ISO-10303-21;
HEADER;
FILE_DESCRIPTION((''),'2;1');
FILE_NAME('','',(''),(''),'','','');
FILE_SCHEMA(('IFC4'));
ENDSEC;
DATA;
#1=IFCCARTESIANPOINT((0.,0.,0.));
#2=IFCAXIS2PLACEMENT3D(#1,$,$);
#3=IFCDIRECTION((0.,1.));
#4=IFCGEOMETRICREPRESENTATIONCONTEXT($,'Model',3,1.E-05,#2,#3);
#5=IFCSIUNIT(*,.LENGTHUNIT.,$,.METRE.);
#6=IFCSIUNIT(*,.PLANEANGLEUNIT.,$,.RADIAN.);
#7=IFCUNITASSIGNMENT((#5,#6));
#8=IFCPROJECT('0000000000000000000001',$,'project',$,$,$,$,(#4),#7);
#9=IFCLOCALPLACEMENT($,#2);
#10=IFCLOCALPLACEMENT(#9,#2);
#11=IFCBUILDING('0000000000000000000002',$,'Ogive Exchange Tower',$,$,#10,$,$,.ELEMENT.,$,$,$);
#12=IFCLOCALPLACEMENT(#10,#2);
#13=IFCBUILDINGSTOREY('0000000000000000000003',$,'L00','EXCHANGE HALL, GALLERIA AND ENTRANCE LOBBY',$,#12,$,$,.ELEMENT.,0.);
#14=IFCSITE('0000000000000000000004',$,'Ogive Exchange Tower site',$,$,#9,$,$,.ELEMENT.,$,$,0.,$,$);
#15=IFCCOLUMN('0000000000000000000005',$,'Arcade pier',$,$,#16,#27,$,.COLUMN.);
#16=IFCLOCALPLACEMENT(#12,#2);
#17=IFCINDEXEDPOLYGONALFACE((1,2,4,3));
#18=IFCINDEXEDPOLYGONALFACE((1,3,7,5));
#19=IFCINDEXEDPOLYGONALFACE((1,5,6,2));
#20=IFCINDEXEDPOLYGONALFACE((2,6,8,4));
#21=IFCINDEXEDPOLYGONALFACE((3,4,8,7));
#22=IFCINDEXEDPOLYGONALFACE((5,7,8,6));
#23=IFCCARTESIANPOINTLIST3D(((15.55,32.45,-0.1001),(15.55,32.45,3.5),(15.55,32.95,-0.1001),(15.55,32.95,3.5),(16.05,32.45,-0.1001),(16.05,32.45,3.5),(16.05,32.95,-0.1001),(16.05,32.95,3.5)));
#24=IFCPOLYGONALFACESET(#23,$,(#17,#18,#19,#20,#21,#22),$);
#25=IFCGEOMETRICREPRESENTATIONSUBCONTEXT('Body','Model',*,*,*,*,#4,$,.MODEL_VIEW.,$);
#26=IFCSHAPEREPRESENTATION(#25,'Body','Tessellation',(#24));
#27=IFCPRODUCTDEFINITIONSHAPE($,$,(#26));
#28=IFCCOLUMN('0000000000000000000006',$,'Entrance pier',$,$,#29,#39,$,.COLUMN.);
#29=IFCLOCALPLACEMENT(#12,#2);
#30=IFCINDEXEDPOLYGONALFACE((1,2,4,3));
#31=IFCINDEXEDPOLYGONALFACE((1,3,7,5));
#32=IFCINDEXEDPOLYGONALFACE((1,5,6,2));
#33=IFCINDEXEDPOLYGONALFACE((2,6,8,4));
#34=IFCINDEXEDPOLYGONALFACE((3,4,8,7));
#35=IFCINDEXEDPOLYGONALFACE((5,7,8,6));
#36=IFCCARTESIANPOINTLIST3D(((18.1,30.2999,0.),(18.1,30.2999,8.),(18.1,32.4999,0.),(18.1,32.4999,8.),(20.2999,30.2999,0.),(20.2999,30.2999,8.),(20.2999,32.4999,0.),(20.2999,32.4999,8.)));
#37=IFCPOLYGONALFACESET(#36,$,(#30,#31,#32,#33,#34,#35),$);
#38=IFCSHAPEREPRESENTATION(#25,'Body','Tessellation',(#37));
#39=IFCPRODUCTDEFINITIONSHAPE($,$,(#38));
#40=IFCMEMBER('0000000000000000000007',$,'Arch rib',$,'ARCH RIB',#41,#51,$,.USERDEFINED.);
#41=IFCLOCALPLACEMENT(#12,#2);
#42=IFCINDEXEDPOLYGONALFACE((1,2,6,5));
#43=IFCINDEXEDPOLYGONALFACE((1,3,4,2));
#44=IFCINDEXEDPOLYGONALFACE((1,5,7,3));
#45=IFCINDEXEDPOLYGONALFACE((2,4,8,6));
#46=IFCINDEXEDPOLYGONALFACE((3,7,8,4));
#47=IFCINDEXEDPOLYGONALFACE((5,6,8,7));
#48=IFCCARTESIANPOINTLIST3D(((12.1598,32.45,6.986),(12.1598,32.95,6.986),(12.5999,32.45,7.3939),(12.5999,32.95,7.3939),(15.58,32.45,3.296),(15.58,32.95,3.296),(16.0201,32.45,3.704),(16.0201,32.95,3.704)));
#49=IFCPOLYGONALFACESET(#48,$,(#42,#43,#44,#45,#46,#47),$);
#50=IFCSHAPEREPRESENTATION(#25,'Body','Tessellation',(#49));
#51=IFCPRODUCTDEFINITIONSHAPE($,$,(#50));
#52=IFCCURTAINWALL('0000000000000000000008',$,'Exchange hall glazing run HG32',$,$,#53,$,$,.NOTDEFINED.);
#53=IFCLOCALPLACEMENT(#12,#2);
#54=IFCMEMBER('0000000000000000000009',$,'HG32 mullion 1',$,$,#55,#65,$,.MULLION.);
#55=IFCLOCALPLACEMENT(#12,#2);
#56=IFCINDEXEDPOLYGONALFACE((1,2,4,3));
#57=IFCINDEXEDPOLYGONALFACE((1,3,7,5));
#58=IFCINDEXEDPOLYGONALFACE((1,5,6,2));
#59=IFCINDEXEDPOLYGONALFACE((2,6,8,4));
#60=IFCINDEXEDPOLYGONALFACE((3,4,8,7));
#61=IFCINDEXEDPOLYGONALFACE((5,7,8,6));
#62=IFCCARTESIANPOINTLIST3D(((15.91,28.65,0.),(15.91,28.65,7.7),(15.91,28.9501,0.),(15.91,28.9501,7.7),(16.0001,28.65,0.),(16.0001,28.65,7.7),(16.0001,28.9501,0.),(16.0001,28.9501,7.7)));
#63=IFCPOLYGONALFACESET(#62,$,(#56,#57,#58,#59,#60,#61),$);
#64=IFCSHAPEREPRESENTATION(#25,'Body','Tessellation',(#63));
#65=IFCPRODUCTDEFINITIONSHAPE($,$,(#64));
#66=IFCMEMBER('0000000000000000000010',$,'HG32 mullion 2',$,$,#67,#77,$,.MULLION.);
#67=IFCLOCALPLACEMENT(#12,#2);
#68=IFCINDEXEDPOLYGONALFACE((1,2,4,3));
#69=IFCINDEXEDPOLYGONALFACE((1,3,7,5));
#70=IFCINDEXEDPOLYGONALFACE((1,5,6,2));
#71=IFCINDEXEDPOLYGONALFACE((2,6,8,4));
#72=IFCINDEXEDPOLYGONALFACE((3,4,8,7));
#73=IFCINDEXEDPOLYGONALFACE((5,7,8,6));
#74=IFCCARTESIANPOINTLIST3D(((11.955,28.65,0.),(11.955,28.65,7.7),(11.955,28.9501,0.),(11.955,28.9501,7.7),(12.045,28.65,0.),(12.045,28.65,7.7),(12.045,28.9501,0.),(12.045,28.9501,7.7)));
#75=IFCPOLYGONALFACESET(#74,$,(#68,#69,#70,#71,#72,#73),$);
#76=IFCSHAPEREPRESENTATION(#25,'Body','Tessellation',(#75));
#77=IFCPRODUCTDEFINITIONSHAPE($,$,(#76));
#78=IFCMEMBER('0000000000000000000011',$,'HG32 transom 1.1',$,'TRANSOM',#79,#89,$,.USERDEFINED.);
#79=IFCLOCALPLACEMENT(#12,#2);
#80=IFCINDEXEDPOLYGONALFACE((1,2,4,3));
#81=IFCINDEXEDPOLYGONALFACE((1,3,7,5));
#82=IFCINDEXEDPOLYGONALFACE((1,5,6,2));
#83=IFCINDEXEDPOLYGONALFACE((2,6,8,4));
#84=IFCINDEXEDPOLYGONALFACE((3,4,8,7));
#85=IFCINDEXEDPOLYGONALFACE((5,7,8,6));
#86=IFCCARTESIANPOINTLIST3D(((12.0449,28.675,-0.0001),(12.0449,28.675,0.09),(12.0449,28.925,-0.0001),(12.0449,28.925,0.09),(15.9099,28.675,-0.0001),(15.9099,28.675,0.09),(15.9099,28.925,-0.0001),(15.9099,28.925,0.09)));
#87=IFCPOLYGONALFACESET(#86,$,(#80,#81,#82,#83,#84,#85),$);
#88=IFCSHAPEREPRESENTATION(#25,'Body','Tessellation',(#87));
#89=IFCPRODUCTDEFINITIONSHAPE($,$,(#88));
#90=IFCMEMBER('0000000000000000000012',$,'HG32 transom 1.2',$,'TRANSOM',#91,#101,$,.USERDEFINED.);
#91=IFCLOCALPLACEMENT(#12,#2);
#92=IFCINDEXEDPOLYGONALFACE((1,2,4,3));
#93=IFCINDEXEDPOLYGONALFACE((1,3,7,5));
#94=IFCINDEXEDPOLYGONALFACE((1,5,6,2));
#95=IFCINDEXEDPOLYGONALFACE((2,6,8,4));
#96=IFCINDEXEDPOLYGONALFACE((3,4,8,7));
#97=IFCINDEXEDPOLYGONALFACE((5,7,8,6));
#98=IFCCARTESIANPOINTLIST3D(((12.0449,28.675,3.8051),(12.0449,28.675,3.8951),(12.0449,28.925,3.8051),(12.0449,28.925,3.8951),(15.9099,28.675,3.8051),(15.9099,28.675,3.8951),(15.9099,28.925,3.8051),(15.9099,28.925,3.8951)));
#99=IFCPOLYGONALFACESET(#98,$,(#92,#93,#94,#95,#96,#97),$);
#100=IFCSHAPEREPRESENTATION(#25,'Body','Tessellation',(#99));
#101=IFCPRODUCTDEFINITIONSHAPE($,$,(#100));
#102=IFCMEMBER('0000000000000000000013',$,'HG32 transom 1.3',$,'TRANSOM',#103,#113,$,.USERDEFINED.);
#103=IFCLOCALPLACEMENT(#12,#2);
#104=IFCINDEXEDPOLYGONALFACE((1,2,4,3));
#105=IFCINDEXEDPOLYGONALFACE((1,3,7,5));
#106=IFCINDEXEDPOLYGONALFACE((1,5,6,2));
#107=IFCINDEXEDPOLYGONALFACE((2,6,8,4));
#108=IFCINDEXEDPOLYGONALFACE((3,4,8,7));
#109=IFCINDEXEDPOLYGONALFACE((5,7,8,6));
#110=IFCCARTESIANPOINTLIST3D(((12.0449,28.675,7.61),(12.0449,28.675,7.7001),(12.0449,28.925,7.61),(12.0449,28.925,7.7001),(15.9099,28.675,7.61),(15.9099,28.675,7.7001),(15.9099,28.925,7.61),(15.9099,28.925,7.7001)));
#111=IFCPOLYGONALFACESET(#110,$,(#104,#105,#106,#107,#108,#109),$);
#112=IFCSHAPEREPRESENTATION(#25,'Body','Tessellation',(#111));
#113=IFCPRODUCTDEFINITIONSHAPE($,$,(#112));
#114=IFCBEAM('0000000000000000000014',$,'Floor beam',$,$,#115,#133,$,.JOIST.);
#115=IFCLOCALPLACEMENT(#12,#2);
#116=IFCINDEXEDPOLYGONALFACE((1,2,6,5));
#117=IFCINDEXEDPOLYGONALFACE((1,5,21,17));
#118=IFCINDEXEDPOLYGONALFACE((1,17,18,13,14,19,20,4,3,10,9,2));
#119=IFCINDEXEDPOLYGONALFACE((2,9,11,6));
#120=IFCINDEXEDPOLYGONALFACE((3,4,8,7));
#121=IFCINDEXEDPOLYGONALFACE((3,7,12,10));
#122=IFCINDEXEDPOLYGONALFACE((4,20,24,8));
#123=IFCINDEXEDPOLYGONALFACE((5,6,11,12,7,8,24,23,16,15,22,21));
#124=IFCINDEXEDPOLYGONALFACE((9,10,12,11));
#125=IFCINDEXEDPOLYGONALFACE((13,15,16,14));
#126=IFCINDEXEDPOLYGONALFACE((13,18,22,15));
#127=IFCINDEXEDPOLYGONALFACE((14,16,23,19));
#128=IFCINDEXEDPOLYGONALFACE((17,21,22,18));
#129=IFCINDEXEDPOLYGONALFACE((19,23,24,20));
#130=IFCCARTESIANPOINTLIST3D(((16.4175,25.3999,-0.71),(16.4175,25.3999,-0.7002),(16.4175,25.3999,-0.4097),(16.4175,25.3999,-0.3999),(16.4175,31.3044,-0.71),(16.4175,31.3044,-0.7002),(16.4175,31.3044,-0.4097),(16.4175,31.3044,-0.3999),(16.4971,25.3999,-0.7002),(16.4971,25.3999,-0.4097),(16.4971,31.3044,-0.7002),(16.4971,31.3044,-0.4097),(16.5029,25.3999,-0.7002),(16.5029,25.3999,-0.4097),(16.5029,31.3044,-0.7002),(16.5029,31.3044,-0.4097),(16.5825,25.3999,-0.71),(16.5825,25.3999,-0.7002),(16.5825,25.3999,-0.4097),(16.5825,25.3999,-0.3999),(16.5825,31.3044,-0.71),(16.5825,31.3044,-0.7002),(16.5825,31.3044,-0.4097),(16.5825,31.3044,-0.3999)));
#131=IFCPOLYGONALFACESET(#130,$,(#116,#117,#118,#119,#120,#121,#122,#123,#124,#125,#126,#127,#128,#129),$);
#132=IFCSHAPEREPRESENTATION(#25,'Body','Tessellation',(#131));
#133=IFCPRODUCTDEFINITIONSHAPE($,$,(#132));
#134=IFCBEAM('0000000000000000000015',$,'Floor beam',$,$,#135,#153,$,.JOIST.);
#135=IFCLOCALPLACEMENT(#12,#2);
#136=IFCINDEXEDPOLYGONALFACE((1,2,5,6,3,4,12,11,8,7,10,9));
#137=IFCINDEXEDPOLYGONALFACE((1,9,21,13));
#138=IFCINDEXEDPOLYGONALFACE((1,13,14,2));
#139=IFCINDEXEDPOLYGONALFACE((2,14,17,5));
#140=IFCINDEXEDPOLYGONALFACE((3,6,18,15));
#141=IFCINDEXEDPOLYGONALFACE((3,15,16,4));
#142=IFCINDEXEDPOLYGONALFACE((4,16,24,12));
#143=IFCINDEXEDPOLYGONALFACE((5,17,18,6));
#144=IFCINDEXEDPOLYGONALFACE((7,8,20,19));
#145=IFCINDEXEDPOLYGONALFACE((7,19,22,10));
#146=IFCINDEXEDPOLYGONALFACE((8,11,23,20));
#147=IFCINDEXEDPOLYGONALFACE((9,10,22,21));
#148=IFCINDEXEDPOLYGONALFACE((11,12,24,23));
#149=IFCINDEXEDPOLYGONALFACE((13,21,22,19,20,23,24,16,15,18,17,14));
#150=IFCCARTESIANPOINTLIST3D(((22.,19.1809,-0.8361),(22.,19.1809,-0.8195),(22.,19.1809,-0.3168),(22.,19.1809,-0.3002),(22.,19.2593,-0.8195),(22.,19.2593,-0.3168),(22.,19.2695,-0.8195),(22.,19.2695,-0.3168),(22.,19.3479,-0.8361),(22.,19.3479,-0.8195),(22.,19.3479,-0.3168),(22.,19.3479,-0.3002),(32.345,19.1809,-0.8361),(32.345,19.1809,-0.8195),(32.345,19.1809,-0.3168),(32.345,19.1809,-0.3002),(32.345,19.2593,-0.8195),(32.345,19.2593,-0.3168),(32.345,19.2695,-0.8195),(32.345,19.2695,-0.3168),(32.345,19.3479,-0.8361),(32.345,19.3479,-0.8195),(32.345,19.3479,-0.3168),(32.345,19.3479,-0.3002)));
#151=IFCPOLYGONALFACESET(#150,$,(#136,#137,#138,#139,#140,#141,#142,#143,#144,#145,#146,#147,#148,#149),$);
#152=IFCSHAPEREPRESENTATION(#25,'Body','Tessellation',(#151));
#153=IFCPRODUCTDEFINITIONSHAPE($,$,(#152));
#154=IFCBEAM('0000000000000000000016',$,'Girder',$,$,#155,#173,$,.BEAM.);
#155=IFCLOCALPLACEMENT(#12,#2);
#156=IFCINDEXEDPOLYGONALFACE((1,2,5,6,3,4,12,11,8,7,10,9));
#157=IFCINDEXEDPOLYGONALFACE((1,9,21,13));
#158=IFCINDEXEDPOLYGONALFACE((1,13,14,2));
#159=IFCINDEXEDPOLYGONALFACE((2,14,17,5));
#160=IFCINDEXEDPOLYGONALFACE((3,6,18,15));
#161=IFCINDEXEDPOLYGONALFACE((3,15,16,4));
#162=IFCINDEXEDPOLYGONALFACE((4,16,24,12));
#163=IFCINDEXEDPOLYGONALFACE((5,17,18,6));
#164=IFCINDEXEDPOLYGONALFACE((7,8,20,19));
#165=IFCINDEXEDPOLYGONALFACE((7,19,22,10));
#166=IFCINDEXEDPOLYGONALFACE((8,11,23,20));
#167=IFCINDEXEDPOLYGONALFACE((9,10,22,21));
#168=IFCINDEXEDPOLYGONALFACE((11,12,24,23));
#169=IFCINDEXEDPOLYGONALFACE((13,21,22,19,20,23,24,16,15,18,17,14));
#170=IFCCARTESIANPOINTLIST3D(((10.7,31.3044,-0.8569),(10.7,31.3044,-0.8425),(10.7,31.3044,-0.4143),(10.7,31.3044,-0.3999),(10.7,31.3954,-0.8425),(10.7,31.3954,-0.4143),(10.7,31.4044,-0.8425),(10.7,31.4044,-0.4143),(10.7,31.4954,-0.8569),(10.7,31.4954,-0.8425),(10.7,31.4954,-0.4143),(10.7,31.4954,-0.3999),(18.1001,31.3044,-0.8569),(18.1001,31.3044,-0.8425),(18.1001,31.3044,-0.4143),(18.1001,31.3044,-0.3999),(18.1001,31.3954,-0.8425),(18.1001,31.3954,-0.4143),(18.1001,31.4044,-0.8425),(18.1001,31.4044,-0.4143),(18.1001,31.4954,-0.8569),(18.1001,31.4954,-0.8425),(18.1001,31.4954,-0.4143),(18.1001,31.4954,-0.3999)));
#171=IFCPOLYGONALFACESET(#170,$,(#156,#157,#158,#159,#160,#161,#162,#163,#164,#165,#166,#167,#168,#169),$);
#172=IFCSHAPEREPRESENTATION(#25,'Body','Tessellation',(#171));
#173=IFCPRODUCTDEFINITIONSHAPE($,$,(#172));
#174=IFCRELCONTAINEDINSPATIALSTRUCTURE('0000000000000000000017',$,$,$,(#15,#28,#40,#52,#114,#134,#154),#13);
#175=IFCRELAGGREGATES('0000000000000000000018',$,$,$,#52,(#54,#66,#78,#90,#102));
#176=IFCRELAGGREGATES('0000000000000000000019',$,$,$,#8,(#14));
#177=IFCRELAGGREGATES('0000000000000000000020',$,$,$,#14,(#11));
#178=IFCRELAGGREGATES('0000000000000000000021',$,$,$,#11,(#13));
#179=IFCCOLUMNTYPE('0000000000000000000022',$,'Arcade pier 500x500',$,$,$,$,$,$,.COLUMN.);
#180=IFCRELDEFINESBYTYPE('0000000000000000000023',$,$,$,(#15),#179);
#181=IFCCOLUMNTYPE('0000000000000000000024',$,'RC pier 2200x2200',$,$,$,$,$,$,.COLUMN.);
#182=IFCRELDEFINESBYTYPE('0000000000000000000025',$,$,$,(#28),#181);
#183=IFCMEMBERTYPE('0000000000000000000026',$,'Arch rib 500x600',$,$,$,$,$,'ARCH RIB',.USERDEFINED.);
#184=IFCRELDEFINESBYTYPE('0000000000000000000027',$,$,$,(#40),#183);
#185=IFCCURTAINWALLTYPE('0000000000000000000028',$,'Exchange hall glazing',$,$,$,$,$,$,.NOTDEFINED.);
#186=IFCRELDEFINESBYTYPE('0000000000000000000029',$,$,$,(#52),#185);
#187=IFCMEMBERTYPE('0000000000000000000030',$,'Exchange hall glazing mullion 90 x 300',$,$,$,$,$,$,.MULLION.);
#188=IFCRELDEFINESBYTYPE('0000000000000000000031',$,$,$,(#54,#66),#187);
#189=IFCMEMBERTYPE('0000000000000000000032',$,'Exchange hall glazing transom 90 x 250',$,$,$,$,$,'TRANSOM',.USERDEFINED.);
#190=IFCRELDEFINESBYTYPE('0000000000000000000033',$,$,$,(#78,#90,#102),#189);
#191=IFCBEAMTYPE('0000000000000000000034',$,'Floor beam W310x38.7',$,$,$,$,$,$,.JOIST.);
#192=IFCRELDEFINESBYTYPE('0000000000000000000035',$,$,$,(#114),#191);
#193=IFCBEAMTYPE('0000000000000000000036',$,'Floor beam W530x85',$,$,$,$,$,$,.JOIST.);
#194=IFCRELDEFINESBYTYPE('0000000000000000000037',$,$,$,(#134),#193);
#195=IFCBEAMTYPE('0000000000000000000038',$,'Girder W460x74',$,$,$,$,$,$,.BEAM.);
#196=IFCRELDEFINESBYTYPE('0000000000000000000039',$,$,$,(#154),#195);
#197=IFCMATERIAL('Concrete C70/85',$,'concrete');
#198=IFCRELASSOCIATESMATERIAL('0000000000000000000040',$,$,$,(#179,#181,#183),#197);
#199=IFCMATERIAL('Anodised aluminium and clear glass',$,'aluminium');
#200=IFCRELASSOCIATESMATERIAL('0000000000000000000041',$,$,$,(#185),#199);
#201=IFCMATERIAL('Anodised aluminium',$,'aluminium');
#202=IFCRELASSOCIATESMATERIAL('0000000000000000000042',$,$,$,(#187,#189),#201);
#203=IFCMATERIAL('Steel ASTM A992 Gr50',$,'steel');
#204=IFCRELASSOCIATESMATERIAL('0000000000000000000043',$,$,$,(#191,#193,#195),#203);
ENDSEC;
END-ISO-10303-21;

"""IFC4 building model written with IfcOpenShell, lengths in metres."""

from ifc_helpers import new_model, si_unit, direction, frame, origin, origin_2d, place, context, subcontext, project, spatial, rectangle, i_section, extrude, material, material_profile, profile_set, type_object, element, aggregate, save


model = new_model("IFC4")

# Units and contexts
model_context = context("Model", 3, precision=1e-05, world=origin(), true_north=direction((0.0, 1.0)))
body_context = subcontext(model_context, "Body", "Model", "MODEL_VIEW")
ifc_project = project(units=[si_unit("LENGTHUNIT", "METRE"), si_unit("PLANEANGLEUNIT", "RADIAN")], contexts=[model_context])

# Site, building, storey
site_placement = place(None, origin())
site = spatial("IfcSite", under=ifc_project, at=site_placement, Name="Ogive Exchange Tower site", CompositionType="ELEMENT", RefElevation=0.0)
building_placement = place(site_placement, origin())
building = spatial("IfcBuilding", under=site, at=building_placement, Name="Ogive Exchange Tower", CompositionType="ELEMENT")
storey_placement = place(building_placement, origin())
storey = spatial("IfcBuildingStorey", under=building, at=storey_placement, Name="L00", Description="EXCHANGE HALL, GALLERIA AND ENTRANCE LOBBY", CompositionType="ELEMENT", Elevation=0.0)

# Columns
ifc_material_1 = material(Name="Concrete C70/85", Category="concrete")
ifc_material_profile_1 = material_profile(ifc_material_1, rectangle(XDim=0.5, YDim=0.5, at=origin_2d()), Name="RC 500x500")
ifc_profile_set_1 = profile_set([ifc_material_profile_1], Name="Concrete C70/85")
column_type_1 = type_object("IfcColumnType", Name="Arcade pier 500x500", PredefinedType="COLUMN", material=ifc_profile_set_1)
column_1_placement = place(storey_placement, frame((15.8, 32.7, -0.1001), z_axis=(0.0, 0.0, 1.0), x_axis=(1.0, 0.0, 0.0)))
element("IfcColumn", 1, at=column_1_placement, inside=storey, type_object=column_type_1, Name="Arcade pier", PredefinedType="COLUMN", context=body_context, shape_type="SweptSolid", body=[
    extrude(rectangle(XDim=0.5, YDim=0.5, at=origin_2d()), origin(), (0.0, 0.0, 1.0), 3.6001),
])
ifc_material_profile_2 = material_profile(ifc_material_1, rectangle(XDim=2.2, YDim=2.2, at=origin_2d()), Name="RC 2200x2200")
ifc_profile_set_2 = profile_set([ifc_material_profile_2], Name="Concrete C70/85")
column_type_2 = type_object("IfcColumnType", Name="RC pier 2200x2200", PredefinedType="COLUMN", material=ifc_profile_set_2)
column_2_placement = place(storey_placement, frame((19.2, 31.3999, 0.0), z_axis=(0.0, 0.0, 1.0), x_axis=(1.0, 0.0, 0.0)))
element("IfcColumn", 2, at=column_2_placement, inside=storey, type_object=column_type_2, Name="Entrance pier", PredefinedType="COLUMN", context=body_context, shape_type="SweptSolid", body=[
    extrude(rectangle(XDim=2.2, YDim=2.2, at=origin_2d()), origin(), (0.0, 0.0, 1.0), 8.0),
])

# Member
ifc_material_profile_3 = material_profile(ifc_material_1, rectangle(XDim=0.5, YDim=0.6001, at=origin_2d()), Name="PC 500x600")
ifc_profile_set_3 = profile_set([ifc_material_profile_3], Name="Concrete C70/85")
member_type_1 = type_object("IfcMemberType", Name="Arch rib 500x600", ElementType="ARCH RIB", PredefinedType="USERDEFINED", material=ifc_profile_set_3)
member_1_placement = place(storey_placement, frame((15.8, 32.7, 3.5), z_axis=(-0.679788, 0.0, 0.733408), x_axis=(0.0, -1.0, 0.0)))
element("IfcMember", 3, at=member_1_placement, inside=storey, type_object=member_type_1, Name="Arch rib", ObjectType="ARCH RIB", PredefinedType="USERDEFINED", context=body_context, shape_type="SweptSolid", body=[
    extrude(rectangle(XDim=0.5, YDim=0.6001, at=origin_2d()), origin(), (0.0, 0.0, 1.0), 5.0312),
])

# Curtain wall, members
ifc_material_2 = material(Name="Anodised aluminium and clear glass", Category="aluminium")
curtain_wall_type = type_object("IfcCurtainWallType", Name="Exchange hall glazing", PredefinedType="NOTDEFINED", material=ifc_material_2)
curtain_wall_placement = place(storey_placement, origin())
curtain_wall = element("IfcCurtainWall", 4, at=curtain_wall_placement, inside=storey, type_object=curtain_wall_type, Name="Exchange hall glazing run HG32", PredefinedType="NOTDEFINED")
ifc_material_3 = material(Name="Anodised aluminium", Category="aluminium")
ifc_material_profile_4 = material_profile(ifc_material_3, rectangle(XDim=0.3, YDim=0.0901, at=origin_2d()), Name="AL 90x300")
ifc_profile_set_4 = profile_set([ifc_material_profile_4], Name="Anodised aluminium")
member_type_2 = type_object("IfcMemberType", Name="Exchange hall glazing mullion 90 x 300", PredefinedType="MULLION", material=ifc_profile_set_4)
member_2_placement = place(storey_placement, frame((15.9551, 28.8, 0.0), z_axis=(0.0, 0.0, 1.0), x_axis=(0.0, -1.0, 0.0)))
member_2 = element("IfcMember", 5, at=member_2_placement, type_object=member_type_2, Name="HG32 mullion 1", PredefinedType="MULLION", context=body_context, shape_type="SweptSolid", body=[
    extrude(rectangle(XDim=0.3, YDim=0.0901, at=origin_2d()), origin(), (0.0, 0.0, 1.0), 7.7),
])
member_3_placement = place(storey_placement, frame((12.0, 28.8, 0.0), z_axis=(0.0, 0.0, 1.0), x_axis=(0.0, -1.0, 0.0)))
member_3 = element("IfcMember", 6, at=member_3_placement, type_object=member_type_2, Name="HG32 mullion 2", PredefinedType="MULLION", context=body_context, shape_type="SweptSolid", body=[
    extrude(rectangle(XDim=0.3, YDim=0.0901, at=origin_2d()), origin(), (0.0, 0.0, 1.0), 7.7),
])
ifc_material_profile_5 = material_profile(ifc_material_3, rectangle(XDim=0.25, YDim=0.0901, at=origin_2d()), Name="AL 90x250")
ifc_profile_set_5 = profile_set([ifc_material_profile_5], Name="Anodised aluminium")
member_type_3 = type_object("IfcMemberType", Name="Exchange hall glazing transom 90 x 250", ElementType="TRANSOM", PredefinedType="USERDEFINED", material=ifc_profile_set_5)
member_4_placement = place(storey_placement, frame((15.9099, 28.8, 0.0449), z_axis=(-1.0, 0.0, 0.0), x_axis=(0.0, -1.0, 0.0)))
member_4 = element("IfcMember", 7, at=member_4_placement, type_object=member_type_3, Name="HG32 transom 1.1", ObjectType="TRANSOM", PredefinedType="USERDEFINED", context=body_context, shape_type="SweptSolid", body=[
    extrude(rectangle(XDim=0.25, YDim=0.0901, at=origin_2d()), origin(), (0.0, 0.0, 1.0), 3.865),
])
member_5_placement = place(storey_placement, frame((15.9099, 28.8, 3.8501), z_axis=(-1.0, 0.0, 0.0), x_axis=(0.0, -1.0, 0.0)))
member_5 = element("IfcMember", 8, at=member_5_placement, type_object=member_type_3, Name="HG32 transom 1.2", ObjectType="TRANSOM", PredefinedType="USERDEFINED", context=body_context, shape_type="SweptSolid", body=[
    extrude(rectangle(XDim=0.25, YDim=0.0901, at=origin_2d()), origin(), (0.0, 0.0, 1.0), 3.865),
])
member_6_placement = place(storey_placement, frame((15.9099, 28.8, 7.655), z_axis=(-1.0, 0.0, 0.0), x_axis=(0.0, -1.0, 0.0)))
member_6 = element("IfcMember", 9, at=member_6_placement, type_object=member_type_3, Name="HG32 transom 1.3", ObjectType="TRANSOM", PredefinedType="USERDEFINED", context=body_context, shape_type="SweptSolid", body=[
    extrude(rectangle(XDim=0.25, YDim=0.0901, at=origin_2d()), origin(), (0.0, 0.0, 1.0), 3.865),
])

# Beams
ifc_material_4 = material(Name="Steel ASTM A992 Gr50", Category="steel")
ifc_material_profile_6 = material_profile(ifc_material_4, i_section(OverallWidth=0.165, OverallDepth=0.3101, WebThickness=0.0059, FlangeThickness=0.0098, at=origin_2d()), Name="W310x38.7")
ifc_profile_set_6 = profile_set([ifc_material_profile_6], Name="Steel ASTM A992 Gr50")
beam_type_1 = type_object("IfcBeamType", Name="Floor beam W310x38.7", PredefinedType="JOIST", material=ifc_profile_set_6)
beam_1_placement = place(storey_placement, frame((16.5, 25.3999, -0.5549), z_axis=(0.0, 1.0, 0.0), x_axis=(-1.0, 0.0, 0.0)))
element("IfcBeam", 10, at=beam_1_placement, inside=storey, type_object=beam_type_1, Name="Floor beam", PredefinedType="JOIST", context=body_context, shape_type="SweptSolid", body=[
    extrude(i_section(OverallWidth=0.165, OverallDepth=0.3101, WebThickness=0.0059, FlangeThickness=0.0098, at=origin_2d()), origin(), (0.0, 0.0, 1.0), 5.9045),
])
ifc_material_profile_7 = material_profile(ifc_material_4, i_section(OverallWidth=0.167, OverallDepth=0.5359, WebThickness=0.0103, FlangeThickness=0.0166, at=origin_2d()), Name="W530x85")
ifc_profile_set_7 = profile_set([ifc_material_profile_7], Name="Steel ASTM A992 Gr50")
beam_type_2 = type_object("IfcBeamType", Name="Floor beam W530x85", PredefinedType="JOIST", material=ifc_profile_set_7)
beam_2_placement = place(storey_placement, frame((22.0, 19.2644, -0.5681), z_axis=(1.0, 0.0, 0.0), x_axis=(0.0, 1.0, 0.0)))
element("IfcBeam", 11, at=beam_2_placement, inside=storey, type_object=beam_type_2, Name="Floor beam", PredefinedType="JOIST", context=body_context, shape_type="SweptSolid", body=[
    extrude(i_section(OverallWidth=0.167, OverallDepth=0.5359, WebThickness=0.0103, FlangeThickness=0.0166, at=origin_2d()), origin(), (0.0, 0.0, 1.0), 10.345),
])
ifc_material_profile_8 = material_profile(ifc_material_4, i_section(OverallWidth=0.1909, OverallDepth=0.457, WebThickness=0.009, FlangeThickness=0.0144, at=origin_2d()), Name="W460x74")
ifc_profile_set_8 = profile_set([ifc_material_profile_8], Name="Steel ASTM A992 Gr50")
beam_type_3 = type_object("IfcBeamType", Name="Girder W460x74", PredefinedType="BEAM", material=ifc_profile_set_8)
beam_3_placement = place(storey_placement, frame((18.1001, 31.3999, -0.6284), z_axis=(-1.0, 0.0, 0.0), x_axis=(0.0, -1.0, 0.0)))
element("IfcBeam", 12, at=beam_3_placement, inside=storey, type_object=beam_type_3, Name="Girder", PredefinedType="BEAM", context=body_context, shape_type="SweptSolid", body=[
    extrude(i_section(OverallWidth=0.1909, OverallDepth=0.457, WebThickness=0.009, FlangeThickness=0.0144, at=origin_2d()), origin(), (0.0, 0.0, 1.0), 7.4001),
])

aggregate(curtain_wall, [member_2, member_3, member_4, member_5, member_6])

save(model, "model.ifc")
